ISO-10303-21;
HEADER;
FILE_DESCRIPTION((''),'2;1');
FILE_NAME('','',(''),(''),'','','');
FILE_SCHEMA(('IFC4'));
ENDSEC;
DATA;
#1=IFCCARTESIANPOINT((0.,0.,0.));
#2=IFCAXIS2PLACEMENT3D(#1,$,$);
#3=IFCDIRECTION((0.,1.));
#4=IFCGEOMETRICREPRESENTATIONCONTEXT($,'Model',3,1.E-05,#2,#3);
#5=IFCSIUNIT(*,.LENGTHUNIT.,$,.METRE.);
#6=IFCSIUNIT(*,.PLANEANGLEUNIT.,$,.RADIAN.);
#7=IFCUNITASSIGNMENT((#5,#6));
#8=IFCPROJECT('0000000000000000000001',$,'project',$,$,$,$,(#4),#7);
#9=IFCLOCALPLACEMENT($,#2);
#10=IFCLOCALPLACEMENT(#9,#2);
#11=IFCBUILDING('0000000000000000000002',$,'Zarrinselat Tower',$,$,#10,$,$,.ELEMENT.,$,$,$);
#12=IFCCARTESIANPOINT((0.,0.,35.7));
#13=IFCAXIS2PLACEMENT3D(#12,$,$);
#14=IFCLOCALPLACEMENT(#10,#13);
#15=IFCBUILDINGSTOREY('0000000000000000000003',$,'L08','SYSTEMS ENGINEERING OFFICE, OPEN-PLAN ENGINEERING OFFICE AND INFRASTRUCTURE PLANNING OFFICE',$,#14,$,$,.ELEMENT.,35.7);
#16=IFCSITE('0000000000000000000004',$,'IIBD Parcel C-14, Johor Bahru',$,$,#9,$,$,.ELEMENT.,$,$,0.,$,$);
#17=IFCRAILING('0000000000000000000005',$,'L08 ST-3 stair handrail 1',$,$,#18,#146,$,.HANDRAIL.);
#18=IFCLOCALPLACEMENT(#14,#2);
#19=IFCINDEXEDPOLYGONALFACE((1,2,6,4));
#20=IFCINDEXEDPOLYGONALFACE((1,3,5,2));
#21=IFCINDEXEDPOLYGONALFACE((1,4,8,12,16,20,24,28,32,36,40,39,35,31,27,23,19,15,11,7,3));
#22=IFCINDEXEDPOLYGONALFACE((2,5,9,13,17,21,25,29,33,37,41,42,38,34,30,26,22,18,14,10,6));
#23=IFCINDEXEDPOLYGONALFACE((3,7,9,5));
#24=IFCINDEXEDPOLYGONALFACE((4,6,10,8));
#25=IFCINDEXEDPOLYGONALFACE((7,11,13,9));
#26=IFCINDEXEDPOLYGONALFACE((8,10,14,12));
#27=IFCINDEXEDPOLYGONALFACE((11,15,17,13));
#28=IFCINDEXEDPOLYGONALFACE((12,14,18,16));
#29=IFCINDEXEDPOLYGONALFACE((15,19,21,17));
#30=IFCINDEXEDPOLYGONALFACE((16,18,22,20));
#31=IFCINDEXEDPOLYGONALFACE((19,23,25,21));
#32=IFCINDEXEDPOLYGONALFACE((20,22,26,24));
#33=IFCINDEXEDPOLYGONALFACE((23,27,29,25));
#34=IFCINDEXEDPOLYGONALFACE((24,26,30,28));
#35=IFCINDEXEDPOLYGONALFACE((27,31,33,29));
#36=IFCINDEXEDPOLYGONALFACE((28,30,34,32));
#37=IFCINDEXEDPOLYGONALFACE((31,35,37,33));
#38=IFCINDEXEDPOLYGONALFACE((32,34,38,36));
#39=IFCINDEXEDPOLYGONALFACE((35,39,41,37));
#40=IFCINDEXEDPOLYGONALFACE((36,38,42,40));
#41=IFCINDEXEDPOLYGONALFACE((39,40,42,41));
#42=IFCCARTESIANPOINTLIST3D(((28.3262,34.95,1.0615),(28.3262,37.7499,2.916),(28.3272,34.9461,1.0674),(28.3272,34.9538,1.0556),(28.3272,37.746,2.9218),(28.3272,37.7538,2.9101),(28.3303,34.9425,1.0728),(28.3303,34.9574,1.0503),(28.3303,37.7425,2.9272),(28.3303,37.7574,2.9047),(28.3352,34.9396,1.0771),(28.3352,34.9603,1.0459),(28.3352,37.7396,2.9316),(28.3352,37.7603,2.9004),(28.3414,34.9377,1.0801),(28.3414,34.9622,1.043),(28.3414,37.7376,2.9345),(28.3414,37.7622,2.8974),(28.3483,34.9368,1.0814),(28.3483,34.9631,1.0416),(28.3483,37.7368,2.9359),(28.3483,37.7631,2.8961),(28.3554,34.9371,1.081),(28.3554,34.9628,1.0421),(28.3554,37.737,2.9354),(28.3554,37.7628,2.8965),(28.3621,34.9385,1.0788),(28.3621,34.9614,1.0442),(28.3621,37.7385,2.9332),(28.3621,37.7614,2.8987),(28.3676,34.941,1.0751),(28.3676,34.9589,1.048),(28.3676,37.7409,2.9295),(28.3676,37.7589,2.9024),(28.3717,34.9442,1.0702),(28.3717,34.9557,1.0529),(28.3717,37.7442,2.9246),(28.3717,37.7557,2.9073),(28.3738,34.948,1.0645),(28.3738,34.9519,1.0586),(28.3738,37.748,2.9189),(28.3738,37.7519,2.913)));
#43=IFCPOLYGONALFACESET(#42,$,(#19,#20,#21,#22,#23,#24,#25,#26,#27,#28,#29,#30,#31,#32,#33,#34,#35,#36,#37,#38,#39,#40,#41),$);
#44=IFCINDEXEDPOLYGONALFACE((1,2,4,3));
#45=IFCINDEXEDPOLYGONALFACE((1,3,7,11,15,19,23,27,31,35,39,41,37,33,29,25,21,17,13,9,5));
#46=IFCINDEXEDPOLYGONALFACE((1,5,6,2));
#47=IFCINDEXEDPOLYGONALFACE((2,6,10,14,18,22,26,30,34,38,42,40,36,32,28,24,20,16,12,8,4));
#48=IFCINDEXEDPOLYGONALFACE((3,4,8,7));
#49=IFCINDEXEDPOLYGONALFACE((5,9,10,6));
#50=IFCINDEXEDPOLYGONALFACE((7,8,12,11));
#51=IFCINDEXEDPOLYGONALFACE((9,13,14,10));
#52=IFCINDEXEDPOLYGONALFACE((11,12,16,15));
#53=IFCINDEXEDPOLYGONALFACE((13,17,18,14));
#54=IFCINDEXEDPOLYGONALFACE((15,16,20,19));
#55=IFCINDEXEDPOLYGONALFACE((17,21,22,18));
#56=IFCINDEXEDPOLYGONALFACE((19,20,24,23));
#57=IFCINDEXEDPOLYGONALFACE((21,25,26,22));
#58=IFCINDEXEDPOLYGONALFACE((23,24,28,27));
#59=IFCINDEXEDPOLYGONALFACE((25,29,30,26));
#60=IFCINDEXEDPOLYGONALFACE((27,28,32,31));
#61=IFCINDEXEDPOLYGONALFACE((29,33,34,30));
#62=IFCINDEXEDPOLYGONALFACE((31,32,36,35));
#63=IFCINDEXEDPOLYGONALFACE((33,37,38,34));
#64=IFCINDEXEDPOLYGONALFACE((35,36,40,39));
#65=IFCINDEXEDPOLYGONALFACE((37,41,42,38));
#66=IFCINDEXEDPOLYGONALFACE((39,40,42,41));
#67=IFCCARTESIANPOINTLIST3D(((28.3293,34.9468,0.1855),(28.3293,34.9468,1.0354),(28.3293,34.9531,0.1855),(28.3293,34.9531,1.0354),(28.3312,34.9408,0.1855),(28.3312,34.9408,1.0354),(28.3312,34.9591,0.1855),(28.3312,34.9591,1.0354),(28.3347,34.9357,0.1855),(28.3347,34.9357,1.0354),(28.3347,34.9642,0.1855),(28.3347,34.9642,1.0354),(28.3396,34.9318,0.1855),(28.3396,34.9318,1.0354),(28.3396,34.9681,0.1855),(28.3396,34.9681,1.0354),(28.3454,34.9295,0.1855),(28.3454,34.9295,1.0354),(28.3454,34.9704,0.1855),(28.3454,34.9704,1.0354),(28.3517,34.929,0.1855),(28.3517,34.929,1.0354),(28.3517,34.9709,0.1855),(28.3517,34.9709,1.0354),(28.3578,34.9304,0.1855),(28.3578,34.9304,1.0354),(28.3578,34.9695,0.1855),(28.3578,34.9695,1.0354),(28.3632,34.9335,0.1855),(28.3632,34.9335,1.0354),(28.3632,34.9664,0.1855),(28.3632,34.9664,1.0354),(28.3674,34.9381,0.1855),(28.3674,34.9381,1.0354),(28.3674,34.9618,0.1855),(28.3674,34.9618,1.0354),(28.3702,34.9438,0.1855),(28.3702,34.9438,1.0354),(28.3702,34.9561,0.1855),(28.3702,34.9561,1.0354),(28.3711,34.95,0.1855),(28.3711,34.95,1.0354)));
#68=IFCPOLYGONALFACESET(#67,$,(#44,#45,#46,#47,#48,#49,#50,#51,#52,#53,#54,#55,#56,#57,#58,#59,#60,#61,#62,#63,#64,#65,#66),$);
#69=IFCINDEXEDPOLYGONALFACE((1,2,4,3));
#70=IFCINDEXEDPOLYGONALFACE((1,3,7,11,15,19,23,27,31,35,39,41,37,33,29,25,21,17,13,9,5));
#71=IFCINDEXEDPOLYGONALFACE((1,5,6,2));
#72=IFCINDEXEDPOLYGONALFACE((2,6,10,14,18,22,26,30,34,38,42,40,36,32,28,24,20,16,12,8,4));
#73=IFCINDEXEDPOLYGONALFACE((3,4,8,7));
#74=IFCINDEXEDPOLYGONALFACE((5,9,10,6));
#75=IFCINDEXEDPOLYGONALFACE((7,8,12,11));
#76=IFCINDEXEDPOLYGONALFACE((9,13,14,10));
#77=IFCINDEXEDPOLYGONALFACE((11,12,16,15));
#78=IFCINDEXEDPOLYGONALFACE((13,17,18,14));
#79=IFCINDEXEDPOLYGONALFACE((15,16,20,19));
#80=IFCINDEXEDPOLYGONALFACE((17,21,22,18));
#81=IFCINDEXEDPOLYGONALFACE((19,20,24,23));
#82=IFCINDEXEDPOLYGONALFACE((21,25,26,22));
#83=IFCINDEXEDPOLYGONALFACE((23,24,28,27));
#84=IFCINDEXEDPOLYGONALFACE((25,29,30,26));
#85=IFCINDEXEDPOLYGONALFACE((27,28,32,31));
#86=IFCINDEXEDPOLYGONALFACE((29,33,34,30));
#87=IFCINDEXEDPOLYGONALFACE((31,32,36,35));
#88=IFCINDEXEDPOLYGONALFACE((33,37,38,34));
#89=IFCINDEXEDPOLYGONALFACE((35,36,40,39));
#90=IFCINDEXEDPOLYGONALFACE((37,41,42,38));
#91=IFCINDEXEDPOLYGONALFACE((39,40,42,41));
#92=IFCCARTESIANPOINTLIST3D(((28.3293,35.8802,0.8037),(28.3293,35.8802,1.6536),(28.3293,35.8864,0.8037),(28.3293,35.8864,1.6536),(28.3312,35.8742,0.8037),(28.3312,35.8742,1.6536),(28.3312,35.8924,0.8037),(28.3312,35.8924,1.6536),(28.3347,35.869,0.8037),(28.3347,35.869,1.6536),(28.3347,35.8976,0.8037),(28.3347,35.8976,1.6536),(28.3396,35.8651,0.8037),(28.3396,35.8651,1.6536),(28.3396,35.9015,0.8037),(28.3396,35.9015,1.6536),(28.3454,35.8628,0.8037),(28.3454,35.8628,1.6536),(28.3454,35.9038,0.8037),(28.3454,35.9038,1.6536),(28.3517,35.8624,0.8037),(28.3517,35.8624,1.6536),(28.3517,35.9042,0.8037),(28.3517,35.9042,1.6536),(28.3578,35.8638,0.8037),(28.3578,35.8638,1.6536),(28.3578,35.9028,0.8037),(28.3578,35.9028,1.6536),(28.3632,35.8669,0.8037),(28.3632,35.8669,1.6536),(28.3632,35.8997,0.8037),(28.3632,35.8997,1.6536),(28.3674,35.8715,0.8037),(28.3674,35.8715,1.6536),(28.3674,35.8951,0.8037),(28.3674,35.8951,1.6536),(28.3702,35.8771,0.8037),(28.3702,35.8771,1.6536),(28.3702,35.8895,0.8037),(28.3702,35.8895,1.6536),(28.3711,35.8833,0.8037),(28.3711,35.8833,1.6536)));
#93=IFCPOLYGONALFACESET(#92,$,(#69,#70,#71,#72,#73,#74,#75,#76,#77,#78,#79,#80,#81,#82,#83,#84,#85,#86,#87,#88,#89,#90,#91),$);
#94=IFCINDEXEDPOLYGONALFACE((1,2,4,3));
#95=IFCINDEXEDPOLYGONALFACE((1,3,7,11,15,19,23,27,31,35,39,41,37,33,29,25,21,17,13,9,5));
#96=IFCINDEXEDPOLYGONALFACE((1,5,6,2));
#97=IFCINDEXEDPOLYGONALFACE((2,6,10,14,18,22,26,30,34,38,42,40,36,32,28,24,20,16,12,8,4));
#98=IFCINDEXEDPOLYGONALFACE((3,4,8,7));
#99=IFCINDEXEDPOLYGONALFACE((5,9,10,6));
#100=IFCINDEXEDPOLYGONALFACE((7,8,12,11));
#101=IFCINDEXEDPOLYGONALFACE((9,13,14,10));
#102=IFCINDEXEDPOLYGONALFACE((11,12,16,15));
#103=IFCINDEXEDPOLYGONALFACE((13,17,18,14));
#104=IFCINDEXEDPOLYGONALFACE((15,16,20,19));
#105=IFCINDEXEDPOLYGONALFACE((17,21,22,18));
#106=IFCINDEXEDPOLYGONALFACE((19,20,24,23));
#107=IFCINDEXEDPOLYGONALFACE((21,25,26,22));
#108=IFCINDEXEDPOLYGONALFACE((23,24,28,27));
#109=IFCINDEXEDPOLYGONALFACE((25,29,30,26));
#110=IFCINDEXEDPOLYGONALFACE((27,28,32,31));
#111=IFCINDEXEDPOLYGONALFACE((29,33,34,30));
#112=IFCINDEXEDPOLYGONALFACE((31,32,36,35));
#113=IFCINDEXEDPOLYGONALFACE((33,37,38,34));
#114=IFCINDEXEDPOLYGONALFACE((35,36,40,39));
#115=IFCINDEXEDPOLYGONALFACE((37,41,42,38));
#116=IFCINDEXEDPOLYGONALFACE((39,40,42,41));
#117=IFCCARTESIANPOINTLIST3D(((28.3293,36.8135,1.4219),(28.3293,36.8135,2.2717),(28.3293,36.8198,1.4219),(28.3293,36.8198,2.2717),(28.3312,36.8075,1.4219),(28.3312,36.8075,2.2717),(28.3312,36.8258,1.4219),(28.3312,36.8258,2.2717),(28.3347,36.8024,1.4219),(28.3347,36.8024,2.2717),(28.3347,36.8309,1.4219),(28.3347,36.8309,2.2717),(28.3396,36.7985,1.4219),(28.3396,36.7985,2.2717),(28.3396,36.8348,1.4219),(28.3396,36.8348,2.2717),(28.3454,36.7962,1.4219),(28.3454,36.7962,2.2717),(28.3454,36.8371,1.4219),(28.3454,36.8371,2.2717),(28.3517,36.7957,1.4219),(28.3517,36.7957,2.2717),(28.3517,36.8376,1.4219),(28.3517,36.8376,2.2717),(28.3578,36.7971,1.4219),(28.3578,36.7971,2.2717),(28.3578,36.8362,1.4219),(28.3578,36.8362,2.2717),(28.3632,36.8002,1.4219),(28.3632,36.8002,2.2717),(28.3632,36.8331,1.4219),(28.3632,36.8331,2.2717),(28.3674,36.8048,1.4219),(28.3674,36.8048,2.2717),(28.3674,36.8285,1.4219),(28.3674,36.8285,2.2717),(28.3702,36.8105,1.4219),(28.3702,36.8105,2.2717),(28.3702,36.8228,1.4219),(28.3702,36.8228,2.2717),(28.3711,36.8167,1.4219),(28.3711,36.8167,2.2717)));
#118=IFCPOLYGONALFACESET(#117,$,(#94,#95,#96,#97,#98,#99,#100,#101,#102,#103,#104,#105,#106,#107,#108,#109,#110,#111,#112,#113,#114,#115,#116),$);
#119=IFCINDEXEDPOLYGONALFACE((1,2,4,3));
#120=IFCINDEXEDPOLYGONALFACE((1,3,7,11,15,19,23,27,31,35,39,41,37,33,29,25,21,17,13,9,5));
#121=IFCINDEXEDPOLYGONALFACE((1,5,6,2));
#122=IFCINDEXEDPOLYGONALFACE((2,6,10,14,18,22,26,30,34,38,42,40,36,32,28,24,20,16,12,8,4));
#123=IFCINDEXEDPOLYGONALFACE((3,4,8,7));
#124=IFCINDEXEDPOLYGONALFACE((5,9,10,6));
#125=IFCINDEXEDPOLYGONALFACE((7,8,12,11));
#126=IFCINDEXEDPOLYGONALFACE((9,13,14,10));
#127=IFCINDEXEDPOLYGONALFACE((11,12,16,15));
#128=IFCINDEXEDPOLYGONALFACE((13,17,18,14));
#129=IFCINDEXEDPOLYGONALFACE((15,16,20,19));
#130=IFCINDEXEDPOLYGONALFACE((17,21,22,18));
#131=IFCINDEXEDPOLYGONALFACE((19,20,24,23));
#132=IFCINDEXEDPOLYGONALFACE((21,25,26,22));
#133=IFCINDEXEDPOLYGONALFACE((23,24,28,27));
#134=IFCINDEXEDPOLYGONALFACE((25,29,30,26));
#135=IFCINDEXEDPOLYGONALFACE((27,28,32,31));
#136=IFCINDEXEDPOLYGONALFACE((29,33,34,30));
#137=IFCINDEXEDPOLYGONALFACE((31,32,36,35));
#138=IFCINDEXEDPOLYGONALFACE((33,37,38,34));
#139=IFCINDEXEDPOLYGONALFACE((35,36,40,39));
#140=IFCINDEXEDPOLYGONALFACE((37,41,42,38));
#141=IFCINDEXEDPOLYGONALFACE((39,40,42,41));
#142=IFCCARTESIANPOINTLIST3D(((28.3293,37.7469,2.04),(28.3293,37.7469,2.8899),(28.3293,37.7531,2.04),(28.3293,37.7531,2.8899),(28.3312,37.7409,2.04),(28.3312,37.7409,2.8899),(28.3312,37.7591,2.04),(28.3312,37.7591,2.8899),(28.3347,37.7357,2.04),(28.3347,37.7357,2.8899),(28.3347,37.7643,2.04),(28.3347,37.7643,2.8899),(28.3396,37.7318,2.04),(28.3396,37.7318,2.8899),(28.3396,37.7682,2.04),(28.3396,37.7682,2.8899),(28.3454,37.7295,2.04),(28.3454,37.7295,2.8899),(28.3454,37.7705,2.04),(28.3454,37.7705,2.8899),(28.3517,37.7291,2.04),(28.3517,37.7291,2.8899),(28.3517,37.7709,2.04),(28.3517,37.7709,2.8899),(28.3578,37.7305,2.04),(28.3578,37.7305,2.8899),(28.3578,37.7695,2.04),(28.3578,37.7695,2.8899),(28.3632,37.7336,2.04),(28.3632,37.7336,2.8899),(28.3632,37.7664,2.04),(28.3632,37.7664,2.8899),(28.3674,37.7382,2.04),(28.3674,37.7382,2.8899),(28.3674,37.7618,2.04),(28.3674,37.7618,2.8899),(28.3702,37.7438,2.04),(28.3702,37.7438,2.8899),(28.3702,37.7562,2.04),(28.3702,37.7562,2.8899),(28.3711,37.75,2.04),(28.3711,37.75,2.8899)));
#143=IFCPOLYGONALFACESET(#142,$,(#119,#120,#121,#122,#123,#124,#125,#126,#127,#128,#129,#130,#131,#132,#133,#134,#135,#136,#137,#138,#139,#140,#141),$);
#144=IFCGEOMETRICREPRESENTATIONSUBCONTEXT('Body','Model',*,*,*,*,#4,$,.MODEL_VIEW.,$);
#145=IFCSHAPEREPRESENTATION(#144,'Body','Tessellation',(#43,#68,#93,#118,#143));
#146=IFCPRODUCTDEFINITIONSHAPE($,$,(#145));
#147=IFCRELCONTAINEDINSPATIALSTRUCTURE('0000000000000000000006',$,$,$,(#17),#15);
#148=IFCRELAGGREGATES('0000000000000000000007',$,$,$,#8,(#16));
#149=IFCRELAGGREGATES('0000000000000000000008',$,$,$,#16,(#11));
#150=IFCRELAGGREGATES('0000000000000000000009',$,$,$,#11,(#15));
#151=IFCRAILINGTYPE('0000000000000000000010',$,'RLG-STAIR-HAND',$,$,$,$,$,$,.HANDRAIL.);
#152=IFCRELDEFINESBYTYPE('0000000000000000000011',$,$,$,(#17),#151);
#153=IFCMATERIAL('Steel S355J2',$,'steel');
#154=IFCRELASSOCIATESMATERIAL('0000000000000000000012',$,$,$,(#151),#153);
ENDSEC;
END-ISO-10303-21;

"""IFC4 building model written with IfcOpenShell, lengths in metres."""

from ifc_helpers import new_model, si_unit, direction, frame, origin, origin_2d, place, context, subcontext, project, spatial, circle, extrude, material, type_object, element, save


model = new_model("IFC4")

# Units and contexts
model_context = context("Model", 3, precision=1e-05, world=origin(), true_north=direction((0.0, 1.0)))
body_context = subcontext(model_context, "Body", "Model", "MODEL_VIEW")
ifc_project = project(units=[si_unit("LENGTHUNIT", "METRE"), si_unit("PLANEANGLEUNIT", "RADIAN")], contexts=[model_context])

# Site, building, storey
site_placement = place(None, origin())
site = spatial("IfcSite", under=ifc_project, at=site_placement, Name="IIBD Parcel C-14, Johor Bahru", CompositionType="ELEMENT", RefElevation=0.0)
building_placement = place(site_placement, origin())
building = spatial("IfcBuilding", under=site, at=building_placement, Name="Zarrinselat Tower", CompositionType="ELEMENT")
storey_placement = place(building_placement, frame((0.0, 0.0, 35.7)))
storey = spatial("IfcBuildingStorey", under=building, at=storey_placement, Name="L08", Description="SYSTEMS ENGINEERING OFFICE, OPEN-PLAN ENGINEERING OFFICE AND INFRASTRUCTURE PLANNING OFFICE", CompositionType="ELEMENT", Elevation=35.7)

# Railing
ifc_material_1 = material(Name="Steel S355J2", Category="steel")
railing_type_1 = type_object("IfcRailingType", Name="RLG-STAIR-HAND", PredefinedType="HANDRAIL", material=ifc_material_1)
railing_1_placement = place(storey_placement, frame((28.3501, 34.95, 0.1855)))
element("IfcRailing", 1, at=railing_1_placement, inside=storey, type_object=railing_type_1, Name="L08 ST-3 stair handrail 1", PredefinedType="HANDRAIL", context=body_context, shape_type="SweptSolid", body=[
    extrude(circle(Radius=0.0239, at=origin_2d()), frame((0.0, 0.0, 0.876), z_axis=(0.0, 0.833724, 0.552181), x_axis=(-1.0, 0.0, 0.0)), (0.0, 0.0, 1.0), 3.3584),
    extrude(circle(Radius=0.021, at=origin_2d()), origin(), (0.0, 0.0, 1.0), 0.8499),
    extrude(circle(Radius=0.021, at=origin_2d()), frame((0.0, 0.9333, 0.6182)), (0.0, 0.0, 1.0), 0.8499),
    extrude(circle(Radius=0.021, at=origin_2d()), frame((0.0, 1.8667, 1.2363)), (0.0, 0.0, 1.0), 0.8499),
    extrude(circle(Radius=0.021, at=origin_2d()), frame((0.0, 2.8, 1.8545)), (0.0, 0.0, 1.0), 0.8499),
])

save(model, "model.ifc")
